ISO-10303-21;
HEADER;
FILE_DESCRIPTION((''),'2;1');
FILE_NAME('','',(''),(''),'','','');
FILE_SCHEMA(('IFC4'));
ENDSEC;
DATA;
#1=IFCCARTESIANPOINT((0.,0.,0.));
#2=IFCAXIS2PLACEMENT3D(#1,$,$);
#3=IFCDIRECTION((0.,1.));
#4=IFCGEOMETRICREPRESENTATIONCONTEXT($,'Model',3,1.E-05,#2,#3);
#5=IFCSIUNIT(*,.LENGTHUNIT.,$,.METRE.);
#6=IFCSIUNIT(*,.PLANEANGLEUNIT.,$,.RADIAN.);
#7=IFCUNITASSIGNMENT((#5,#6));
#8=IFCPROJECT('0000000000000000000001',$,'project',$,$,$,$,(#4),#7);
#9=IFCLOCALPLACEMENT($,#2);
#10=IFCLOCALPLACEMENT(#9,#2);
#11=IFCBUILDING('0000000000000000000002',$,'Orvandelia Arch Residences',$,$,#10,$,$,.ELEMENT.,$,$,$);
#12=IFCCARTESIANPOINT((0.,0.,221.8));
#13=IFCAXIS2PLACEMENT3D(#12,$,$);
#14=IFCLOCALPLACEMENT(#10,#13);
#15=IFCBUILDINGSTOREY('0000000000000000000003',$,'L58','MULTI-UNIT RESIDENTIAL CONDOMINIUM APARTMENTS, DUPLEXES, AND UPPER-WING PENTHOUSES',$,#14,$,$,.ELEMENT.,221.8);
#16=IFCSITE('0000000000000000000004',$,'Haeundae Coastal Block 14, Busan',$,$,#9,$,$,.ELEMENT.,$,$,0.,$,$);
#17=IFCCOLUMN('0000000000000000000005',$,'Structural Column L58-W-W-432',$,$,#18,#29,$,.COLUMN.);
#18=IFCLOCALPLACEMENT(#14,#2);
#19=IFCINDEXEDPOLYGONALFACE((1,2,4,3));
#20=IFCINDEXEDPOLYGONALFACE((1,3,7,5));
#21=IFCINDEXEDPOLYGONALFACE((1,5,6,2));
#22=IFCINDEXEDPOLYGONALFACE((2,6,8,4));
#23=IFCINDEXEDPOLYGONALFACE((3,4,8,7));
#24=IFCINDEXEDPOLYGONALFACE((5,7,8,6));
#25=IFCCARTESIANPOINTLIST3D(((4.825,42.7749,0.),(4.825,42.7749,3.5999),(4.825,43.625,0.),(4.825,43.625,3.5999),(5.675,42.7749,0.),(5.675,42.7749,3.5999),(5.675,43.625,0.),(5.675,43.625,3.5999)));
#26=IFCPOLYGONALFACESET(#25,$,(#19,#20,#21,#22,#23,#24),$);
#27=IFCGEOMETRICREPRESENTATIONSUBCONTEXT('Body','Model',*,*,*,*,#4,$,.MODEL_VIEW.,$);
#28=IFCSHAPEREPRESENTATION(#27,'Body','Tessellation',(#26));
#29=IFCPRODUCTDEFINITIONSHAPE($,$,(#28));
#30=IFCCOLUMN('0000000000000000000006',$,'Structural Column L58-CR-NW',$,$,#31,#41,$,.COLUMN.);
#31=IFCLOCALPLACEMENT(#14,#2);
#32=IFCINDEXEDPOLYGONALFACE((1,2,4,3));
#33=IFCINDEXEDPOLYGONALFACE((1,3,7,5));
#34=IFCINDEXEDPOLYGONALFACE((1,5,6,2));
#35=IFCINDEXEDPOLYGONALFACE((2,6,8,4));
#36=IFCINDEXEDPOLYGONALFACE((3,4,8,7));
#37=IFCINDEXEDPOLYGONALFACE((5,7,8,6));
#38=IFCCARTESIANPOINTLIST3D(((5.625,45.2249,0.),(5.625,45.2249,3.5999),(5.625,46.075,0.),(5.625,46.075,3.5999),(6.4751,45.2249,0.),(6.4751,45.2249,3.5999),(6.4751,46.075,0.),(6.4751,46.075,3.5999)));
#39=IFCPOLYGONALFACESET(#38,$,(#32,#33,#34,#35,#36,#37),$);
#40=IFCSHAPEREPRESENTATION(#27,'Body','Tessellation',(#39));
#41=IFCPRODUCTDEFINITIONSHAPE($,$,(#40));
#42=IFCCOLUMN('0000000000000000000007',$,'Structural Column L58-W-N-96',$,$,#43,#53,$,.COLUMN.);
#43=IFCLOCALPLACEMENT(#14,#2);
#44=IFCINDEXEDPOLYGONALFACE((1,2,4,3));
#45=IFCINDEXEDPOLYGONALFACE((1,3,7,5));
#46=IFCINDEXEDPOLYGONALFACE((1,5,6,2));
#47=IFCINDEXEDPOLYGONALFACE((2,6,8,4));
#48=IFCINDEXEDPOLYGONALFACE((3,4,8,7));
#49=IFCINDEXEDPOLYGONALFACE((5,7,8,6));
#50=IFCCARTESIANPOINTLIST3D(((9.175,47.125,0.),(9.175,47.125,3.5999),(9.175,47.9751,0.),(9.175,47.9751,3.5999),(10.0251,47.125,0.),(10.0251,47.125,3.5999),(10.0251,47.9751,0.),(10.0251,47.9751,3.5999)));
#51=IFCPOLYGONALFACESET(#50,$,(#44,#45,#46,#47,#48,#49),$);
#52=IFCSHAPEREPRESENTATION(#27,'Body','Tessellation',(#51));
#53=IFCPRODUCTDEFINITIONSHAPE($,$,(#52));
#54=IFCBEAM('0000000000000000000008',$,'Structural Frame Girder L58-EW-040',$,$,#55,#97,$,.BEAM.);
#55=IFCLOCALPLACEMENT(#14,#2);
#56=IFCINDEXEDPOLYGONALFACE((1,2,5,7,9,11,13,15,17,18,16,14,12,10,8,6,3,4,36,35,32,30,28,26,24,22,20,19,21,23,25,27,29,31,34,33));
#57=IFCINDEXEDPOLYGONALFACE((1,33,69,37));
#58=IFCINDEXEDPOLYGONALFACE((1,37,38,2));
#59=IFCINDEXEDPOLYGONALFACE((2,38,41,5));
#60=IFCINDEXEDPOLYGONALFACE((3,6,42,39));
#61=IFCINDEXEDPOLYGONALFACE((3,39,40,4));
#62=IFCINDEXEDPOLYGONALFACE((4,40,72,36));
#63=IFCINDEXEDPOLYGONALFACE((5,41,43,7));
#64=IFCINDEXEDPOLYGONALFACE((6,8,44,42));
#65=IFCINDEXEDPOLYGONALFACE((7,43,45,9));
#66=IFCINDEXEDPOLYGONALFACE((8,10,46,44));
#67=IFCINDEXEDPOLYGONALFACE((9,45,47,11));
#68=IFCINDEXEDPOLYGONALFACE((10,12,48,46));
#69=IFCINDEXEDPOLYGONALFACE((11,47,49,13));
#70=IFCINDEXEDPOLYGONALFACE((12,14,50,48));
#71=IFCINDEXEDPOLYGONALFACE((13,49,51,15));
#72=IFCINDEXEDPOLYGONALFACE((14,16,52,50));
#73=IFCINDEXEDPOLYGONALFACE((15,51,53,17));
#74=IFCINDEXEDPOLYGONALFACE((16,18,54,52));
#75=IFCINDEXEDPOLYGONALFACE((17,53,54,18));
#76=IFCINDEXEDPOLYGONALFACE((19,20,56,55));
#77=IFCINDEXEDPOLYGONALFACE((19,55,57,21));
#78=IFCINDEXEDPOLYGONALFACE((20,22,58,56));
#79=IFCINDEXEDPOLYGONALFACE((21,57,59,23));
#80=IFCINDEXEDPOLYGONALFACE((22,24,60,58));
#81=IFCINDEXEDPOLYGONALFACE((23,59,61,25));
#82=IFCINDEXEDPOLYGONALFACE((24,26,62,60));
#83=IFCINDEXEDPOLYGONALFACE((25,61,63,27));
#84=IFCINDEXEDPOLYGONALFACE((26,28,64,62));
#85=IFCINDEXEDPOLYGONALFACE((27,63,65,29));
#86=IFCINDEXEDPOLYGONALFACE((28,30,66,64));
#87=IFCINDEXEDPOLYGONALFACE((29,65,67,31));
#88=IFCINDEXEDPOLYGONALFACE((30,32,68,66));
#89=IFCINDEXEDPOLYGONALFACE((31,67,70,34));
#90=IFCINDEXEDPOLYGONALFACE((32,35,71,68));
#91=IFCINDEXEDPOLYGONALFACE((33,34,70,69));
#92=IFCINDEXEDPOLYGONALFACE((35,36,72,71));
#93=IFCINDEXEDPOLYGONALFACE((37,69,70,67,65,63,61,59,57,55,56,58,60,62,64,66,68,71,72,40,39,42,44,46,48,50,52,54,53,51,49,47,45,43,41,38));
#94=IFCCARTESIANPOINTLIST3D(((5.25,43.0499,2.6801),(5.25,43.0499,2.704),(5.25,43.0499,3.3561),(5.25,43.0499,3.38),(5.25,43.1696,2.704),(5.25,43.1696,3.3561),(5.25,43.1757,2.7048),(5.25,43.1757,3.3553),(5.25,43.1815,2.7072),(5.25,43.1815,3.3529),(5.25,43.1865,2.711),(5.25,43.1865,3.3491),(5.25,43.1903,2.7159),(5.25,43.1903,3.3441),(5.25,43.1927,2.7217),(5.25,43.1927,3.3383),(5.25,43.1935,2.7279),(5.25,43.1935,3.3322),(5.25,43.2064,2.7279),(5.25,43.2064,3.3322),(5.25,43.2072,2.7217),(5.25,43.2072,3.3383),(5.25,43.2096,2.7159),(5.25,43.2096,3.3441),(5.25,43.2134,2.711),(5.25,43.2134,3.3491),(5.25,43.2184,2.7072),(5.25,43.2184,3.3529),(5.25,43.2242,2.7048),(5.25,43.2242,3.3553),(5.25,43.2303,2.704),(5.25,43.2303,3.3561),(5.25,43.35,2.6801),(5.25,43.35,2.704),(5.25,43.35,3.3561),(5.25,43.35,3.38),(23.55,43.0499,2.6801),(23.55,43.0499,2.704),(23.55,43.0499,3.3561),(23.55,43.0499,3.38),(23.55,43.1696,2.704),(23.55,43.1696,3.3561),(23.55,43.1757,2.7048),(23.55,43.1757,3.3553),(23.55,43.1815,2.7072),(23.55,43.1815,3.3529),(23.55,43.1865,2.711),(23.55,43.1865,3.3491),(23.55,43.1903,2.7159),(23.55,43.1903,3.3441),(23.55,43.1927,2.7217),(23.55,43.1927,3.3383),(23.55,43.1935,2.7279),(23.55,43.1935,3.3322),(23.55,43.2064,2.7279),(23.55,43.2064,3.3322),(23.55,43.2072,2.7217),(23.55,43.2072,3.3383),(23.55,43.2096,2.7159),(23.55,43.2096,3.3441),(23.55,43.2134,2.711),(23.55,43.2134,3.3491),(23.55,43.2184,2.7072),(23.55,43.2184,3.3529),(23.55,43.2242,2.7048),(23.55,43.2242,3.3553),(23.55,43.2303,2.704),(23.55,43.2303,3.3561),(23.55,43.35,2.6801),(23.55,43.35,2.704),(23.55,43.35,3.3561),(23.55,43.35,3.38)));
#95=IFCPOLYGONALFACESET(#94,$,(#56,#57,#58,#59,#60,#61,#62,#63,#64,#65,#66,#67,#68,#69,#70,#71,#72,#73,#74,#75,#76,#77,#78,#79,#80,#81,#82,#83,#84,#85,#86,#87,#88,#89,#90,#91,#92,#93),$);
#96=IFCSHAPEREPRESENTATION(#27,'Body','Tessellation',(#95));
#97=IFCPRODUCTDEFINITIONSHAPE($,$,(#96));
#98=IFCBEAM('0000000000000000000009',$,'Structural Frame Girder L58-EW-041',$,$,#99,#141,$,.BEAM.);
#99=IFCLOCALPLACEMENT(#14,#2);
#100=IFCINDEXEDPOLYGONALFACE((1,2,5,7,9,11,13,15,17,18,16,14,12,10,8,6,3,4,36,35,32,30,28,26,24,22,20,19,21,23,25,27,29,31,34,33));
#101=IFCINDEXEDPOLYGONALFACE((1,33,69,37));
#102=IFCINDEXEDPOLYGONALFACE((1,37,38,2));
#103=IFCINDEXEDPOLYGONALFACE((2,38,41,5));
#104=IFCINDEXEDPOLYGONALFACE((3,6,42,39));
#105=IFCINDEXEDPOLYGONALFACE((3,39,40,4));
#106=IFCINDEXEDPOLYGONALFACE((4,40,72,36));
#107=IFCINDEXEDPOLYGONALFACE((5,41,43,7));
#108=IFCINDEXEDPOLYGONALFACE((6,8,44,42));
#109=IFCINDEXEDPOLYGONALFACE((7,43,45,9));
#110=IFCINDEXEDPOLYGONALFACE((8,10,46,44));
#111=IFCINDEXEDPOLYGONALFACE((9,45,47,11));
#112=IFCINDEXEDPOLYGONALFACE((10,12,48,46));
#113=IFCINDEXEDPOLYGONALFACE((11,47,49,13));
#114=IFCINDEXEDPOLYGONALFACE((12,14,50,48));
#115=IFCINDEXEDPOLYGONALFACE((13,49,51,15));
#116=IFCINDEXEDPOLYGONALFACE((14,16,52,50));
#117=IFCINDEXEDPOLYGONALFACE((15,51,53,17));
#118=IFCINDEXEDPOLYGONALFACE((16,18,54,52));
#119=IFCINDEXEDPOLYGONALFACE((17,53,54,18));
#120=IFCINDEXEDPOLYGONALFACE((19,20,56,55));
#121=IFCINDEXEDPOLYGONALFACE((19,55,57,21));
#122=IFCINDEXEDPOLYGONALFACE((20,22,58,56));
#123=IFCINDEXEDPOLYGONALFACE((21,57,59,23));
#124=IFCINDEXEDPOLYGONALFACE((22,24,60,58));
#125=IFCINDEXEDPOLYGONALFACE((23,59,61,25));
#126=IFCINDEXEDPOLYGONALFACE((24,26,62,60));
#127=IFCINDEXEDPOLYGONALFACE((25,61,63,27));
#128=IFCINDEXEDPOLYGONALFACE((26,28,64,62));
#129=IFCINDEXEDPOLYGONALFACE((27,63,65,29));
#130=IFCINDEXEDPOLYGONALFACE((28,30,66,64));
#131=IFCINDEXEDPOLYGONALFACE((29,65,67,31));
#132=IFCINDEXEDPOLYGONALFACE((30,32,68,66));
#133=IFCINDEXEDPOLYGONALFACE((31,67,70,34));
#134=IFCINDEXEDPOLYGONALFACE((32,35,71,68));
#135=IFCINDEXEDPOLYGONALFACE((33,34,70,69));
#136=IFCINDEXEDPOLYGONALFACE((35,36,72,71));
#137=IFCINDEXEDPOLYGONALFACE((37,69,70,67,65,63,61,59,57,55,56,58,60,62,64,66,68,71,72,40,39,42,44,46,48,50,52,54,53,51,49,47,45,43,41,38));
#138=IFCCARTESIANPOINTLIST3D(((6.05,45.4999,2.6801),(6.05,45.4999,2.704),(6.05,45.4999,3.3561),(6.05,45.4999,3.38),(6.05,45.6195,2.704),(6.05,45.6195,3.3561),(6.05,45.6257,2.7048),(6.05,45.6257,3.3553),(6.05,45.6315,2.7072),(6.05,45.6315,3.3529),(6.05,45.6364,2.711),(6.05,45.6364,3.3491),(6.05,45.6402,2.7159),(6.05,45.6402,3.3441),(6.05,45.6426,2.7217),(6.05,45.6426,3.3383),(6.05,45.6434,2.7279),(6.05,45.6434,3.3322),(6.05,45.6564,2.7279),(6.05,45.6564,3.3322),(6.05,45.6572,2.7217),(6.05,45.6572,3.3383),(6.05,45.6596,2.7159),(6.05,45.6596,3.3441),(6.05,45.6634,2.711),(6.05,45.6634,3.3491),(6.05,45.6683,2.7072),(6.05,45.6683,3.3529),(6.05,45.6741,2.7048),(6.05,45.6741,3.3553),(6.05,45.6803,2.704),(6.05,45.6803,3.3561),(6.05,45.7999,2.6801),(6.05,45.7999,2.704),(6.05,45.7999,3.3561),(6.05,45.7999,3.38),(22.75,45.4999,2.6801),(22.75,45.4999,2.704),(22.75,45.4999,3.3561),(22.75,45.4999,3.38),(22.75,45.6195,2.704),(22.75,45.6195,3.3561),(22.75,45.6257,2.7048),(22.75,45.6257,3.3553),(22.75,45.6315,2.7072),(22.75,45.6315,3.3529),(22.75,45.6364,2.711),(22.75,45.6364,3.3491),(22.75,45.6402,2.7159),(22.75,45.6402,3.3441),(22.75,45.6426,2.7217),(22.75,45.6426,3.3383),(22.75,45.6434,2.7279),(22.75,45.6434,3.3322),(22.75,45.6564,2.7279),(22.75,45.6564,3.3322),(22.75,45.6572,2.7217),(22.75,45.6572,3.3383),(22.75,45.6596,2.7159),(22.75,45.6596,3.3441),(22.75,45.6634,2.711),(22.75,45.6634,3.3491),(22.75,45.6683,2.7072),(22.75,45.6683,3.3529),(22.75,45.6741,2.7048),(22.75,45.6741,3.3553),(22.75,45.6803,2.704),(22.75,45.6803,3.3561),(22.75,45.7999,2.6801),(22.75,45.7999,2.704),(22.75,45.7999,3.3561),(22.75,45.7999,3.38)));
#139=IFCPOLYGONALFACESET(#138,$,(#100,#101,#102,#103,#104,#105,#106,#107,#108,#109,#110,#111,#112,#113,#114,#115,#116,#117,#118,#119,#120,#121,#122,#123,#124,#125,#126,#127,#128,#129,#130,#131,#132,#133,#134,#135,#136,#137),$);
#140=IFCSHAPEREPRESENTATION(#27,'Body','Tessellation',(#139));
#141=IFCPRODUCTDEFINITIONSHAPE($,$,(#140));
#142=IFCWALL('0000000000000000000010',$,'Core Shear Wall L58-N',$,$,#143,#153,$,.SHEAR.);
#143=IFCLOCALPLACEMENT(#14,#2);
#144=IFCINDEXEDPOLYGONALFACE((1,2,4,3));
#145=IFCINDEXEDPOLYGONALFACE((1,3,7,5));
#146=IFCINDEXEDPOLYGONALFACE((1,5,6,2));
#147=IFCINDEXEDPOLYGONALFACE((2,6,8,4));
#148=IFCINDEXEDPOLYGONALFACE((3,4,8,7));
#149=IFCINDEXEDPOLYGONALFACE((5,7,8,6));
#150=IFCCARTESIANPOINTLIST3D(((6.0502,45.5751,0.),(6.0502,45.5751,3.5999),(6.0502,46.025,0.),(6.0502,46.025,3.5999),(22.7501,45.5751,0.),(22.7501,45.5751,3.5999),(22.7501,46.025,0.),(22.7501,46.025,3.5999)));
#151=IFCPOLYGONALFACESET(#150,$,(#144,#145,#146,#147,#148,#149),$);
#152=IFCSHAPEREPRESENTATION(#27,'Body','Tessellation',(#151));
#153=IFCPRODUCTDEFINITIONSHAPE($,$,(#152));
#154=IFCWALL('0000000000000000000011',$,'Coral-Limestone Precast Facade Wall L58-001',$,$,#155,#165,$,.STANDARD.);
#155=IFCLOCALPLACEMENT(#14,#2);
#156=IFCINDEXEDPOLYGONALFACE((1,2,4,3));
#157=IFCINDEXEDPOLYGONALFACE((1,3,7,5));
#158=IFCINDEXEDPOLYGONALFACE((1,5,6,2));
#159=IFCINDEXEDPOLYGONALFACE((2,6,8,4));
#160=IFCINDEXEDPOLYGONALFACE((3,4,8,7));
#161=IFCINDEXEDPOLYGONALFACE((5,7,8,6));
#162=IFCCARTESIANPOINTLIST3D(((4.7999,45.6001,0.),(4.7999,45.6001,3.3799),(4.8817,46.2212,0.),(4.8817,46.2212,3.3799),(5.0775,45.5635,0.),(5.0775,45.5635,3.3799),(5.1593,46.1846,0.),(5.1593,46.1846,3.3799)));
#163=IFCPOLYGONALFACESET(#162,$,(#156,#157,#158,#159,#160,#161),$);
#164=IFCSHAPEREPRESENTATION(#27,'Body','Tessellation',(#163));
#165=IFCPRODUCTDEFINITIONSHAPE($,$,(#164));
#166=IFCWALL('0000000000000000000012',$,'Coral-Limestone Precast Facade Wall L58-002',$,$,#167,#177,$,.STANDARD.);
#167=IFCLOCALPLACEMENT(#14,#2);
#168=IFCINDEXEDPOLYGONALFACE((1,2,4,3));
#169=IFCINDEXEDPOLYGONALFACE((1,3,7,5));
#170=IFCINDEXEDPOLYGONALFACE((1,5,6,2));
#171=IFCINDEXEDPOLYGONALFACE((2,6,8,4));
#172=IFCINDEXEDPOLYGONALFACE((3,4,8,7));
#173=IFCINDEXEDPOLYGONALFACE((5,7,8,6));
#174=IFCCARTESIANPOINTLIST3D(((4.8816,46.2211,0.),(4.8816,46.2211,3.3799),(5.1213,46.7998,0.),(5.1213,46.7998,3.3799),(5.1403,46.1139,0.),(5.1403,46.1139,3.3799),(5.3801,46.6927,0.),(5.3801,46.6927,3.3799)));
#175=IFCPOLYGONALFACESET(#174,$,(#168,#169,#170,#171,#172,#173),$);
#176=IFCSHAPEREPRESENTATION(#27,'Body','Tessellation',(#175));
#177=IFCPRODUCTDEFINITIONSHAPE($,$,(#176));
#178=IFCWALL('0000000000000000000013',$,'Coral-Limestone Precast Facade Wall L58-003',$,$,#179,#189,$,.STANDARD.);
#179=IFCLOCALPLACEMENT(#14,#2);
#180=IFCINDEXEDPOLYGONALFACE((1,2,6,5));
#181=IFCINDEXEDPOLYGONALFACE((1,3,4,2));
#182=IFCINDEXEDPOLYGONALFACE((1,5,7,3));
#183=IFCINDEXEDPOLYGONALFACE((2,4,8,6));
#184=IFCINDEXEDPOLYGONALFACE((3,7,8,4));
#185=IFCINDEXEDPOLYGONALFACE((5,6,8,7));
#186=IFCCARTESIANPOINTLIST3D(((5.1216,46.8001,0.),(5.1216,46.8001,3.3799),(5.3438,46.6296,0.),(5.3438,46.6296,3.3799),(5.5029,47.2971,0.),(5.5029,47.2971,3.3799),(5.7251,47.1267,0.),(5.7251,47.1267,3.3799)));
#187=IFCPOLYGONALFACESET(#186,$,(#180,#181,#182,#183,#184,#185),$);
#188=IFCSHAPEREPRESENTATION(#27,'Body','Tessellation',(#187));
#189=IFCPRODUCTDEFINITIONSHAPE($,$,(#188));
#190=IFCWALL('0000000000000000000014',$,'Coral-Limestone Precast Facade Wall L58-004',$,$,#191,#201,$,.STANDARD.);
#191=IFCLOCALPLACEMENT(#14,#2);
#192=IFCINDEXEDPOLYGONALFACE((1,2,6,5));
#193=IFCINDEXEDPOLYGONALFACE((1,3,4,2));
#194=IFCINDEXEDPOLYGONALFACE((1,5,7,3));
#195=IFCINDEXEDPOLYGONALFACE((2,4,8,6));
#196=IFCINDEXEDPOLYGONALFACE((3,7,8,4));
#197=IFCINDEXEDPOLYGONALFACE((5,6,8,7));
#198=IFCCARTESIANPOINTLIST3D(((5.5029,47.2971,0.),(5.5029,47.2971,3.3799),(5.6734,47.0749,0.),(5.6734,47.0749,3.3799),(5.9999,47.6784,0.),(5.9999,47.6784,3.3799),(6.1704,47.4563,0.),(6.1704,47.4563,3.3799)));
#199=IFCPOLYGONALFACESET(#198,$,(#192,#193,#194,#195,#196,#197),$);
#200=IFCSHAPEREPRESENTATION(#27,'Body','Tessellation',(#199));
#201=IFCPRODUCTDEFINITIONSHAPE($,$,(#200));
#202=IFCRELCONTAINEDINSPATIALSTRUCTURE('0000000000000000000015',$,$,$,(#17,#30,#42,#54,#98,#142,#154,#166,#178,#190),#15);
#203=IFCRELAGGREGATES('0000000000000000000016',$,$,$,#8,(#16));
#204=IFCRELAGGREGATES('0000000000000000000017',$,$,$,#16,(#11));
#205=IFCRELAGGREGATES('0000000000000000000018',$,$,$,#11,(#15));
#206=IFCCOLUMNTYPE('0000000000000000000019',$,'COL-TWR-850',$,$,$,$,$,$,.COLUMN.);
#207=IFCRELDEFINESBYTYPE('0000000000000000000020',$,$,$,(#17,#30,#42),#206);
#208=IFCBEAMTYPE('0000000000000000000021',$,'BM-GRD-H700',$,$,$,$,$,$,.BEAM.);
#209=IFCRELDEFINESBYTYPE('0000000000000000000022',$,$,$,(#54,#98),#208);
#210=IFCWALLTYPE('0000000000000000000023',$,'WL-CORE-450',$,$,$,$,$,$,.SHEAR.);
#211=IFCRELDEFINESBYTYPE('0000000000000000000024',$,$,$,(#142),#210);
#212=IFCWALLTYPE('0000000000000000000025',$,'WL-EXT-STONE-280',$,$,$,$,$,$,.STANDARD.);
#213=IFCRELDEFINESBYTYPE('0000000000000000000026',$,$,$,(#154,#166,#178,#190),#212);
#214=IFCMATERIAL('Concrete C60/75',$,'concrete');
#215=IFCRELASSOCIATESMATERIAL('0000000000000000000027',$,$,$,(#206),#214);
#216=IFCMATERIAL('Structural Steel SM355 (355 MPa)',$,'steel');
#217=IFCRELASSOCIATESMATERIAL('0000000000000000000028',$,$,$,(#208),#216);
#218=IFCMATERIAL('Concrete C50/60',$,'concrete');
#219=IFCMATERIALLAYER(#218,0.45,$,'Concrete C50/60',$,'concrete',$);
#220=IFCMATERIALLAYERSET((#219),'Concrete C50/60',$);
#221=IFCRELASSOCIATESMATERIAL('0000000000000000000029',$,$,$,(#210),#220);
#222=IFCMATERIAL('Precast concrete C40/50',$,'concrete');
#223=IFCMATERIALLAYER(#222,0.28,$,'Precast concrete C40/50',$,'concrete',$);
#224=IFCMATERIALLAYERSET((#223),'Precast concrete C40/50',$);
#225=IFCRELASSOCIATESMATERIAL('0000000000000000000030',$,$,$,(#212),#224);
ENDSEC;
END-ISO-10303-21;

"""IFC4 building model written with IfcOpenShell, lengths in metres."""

from ifc_helpers import new_model, si_unit, direction, frame, frame_2d, origin, origin_2d, place, context, subcontext, project, spatial, rectangle, i_section, extrude, material, layer, layer_set, material_profile, profile_set, type_object, element, save


model = new_model("IFC4")

# Units and contexts
model_context = context("Model", 3, precision=1e-05, world=origin(), true_north=direction((0.0, 1.0)))
body_context = subcontext(model_context, "Body", "Model", "MODEL_VIEW")
ifc_project = project(units=[si_unit("LENGTHUNIT", "METRE"), si_unit("PLANEANGLEUNIT", "RADIAN")], contexts=[model_context])

# Site, building, storey
site_placement = place(None, origin())
site = spatial("IfcSite", under=ifc_project, at=site_placement, Name="Haeundae Coastal Block 14, Busan", CompositionType="ELEMENT", RefElevation=0.0)
building_placement = place(site_placement, origin())
building = spatial("IfcBuilding", under=site, at=building_placement, Name="Orvandelia Arch Residences", CompositionType="ELEMENT")
storey_placement = place(building_placement, frame((0.0, 0.0, 221.8)))
storey = spatial("IfcBuildingStorey", under=building, at=storey_placement, Name="L58", Description="MULTI-UNIT RESIDENTIAL CONDOMINIUM APARTMENTS, DUPLEXES, AND UPPER-WING PENTHOUSES", CompositionType="ELEMENT", Elevation=221.8)

# Columns
ifc_material_1 = material(Name="Concrete C60/75", Category="concrete")
ifc_material_profile_1 = material_profile(ifc_material_1, rectangle(XDim=0.8501, YDim=0.8501, at=origin_2d()), Name="Concrete C60/75", Category="concrete")
ifc_profile_set_1 = profile_set([ifc_material_profile_1], Name="Concrete C60/75")
column_type = type_object("IfcColumnType", Name="COL-TWR-850", PredefinedType="COLUMN", material=ifc_profile_set_1)
for number, where, z_axis, x_axis, name in (
    (1, (5.25, 43.2, 0.0), (0.0, 0.0, 1.0), (1.0, 0.0, 0.0), "Structural Column L58-W-W-432"),
    (2, (6.05, 45.6499, 0.0), (0.0, 0.0, 1.0), (1.0, 0.0, 0.0), "Structural Column L58-CR-NW"),
    (3, (9.6001, 47.55, 0.0), (0.0, 0.0, 1.0), (1.0, 0.0, 0.0), "Structural Column L58-W-N-96"),
):
    element("IfcColumn", number, at=place(storey_placement, frame(where, z_axis=z_axis, x_axis=x_axis)), inside=storey, type_object=column_type, Name=name, PredefinedType="COLUMN", context=body_context, shape_type="SweptSolid", body=[
        extrude(rectangle(XDim=0.8501, YDim=0.8501, at=origin_2d()), origin(), (0.0, 0.0, 1.0), 3.5999),
    ])

# Beams
ifc_material_2 = material(Name="Structural Steel SM355 (355 MPa)", Category="steel")
ifc_material_profile_2 = material_profile(ifc_material_2, i_section(OverallWidth=0.3, OverallDepth=0.7, WebThickness=0.0129, FlangeThickness=0.0239, FilletRadius=0.0239, at=origin_2d()), Name="Structural Steel SM355 (355 MPa)", Category="steel")
ifc_profile_set_2 = profile_set([ifc_material_profile_2], Name="Structural Steel SM355 (355 MPa)")
beam_type = type_object("IfcBeamType", Name="BM-GRD-H700", PredefinedType="BEAM", material=ifc_profile_set_2)
beam_1_placement = place(storey_placement, frame((5.25, 43.2, 3.03), z_axis=(1.0, 0.0, 0.0), x_axis=(0.0, 1.0, 0.0)))
element("IfcBeam", 4, at=beam_1_placement, inside=storey, type_object=beam_type, Name="Structural Frame Girder L58-EW-040", PredefinedType="BEAM", context=body_context, shape_type="SweptSolid", body=[
    extrude(i_section(OverallWidth=0.3, OverallDepth=0.7, WebThickness=0.0129, FlangeThickness=0.0239, FilletRadius=0.0239, at=origin_2d()), origin(), (0.0, 0.0, 1.0), 18.3),
])
beam_2_placement = place(storey_placement, frame((6.05, 45.6499, 3.03), z_axis=(1.0, 0.0, 0.0), x_axis=(0.0, 1.0, 0.0)))
element("IfcBeam", 5, at=beam_2_placement, inside=storey, type_object=beam_type, Name="Structural Frame Girder L58-EW-041", PredefinedType="BEAM", context=body_context, shape_type="SweptSolid", body=[
    extrude(i_section(OverallWidth=0.3, OverallDepth=0.7, WebThickness=0.0129, FlangeThickness=0.0239, FilletRadius=0.0239, at=origin_2d()), origin(), (0.0, 0.0, 1.0), 16.7),
])

# Walls
ifc_material_3 = material(Name="Concrete C50/60", Category="concrete")
ifc_layer_1 = layer(ifc_material_3, 0.45, Name="Concrete C50/60", Category="concrete")
ifc_layer_set_1 = layer_set([ifc_layer_1], Name="Concrete C50/60")
wall_type_1 = type_object("IfcWallType", Name="WL-CORE-450", PredefinedType="SHEAR", material=ifc_layer_set_1)
wall_1_placement = place(storey_placement, frame((6.05, 45.8, 0.0), z_axis=(0.0, 0.0, 1.0), x_axis=(1.0, 0.0, 0.0)))
element("IfcWall", 6, at=wall_1_placement, inside=storey, type_object=wall_type_1, Name="Core Shear Wall L58-N", PredefinedType="SHEAR", context=body_context, shape_type="SweptSolid", body=[
    extrude(rectangle(XDim=16.7, YDim=0.45, at=frame_2d((8.3501, 0.0))), origin(), (0.0, 0.0, 1.0), 3.5999),
])
ifc_material_4 = material(Name="Precast concrete C40/50", Category="concrete")
ifc_layer_2 = layer(ifc_material_4, 0.28, Name="Precast concrete C40/50", Category="concrete")
ifc_layer_set_2 = layer_set([ifc_layer_2], Name="Precast concrete C40/50")
wall_type_2 = type_object("IfcWallType", Name="WL-EXT-STONE-280", PredefinedType="STANDARD", material=ifc_layer_set_2)
for number, where, z_axis, x_axis, name in (
    (7, (4.9387, 45.5818, 0.0), (0.0, 0.0, 1.0), (0.130555, 0.991441, 0.0), "Coral-Limestone Precast Facade Wall L58-001"),
    (8, (5.011, 46.1675, 0.0), (0.0, 0.0, 1.0), (0.38265, 0.923893, 0.0), "Coral-Limestone Precast Facade Wall L58-002"),
    (9, (5.2327, 46.7148, 0.0), (0.0, 0.0, 1.0), (0.608693, 0.793406, 0.0), "Coral-Limestone Precast Facade Wall L58-003"),
    (10, (5.5881, 47.186, 0.0), (0.0, 0.0, 1.0), (0.793406, 0.608693, 0.0), "Coral-Limestone Precast Facade Wall L58-004"),
):
    element("IfcWall", number, at=place(storey_placement, frame(where, z_axis=z_axis, x_axis=x_axis)), inside=storey, type_object=wall_type_2, Name=name, PredefinedType="STANDARD", context=body_context, shape_type="SweptSolid", body=[
        extrude(rectangle(XDim=0.6265, YDim=0.28, at=frame_2d((0.3132, 0.0))), origin(), (0.0, 0.0, 1.0), 3.3799),
    ])

save(model, "model.ifc")
